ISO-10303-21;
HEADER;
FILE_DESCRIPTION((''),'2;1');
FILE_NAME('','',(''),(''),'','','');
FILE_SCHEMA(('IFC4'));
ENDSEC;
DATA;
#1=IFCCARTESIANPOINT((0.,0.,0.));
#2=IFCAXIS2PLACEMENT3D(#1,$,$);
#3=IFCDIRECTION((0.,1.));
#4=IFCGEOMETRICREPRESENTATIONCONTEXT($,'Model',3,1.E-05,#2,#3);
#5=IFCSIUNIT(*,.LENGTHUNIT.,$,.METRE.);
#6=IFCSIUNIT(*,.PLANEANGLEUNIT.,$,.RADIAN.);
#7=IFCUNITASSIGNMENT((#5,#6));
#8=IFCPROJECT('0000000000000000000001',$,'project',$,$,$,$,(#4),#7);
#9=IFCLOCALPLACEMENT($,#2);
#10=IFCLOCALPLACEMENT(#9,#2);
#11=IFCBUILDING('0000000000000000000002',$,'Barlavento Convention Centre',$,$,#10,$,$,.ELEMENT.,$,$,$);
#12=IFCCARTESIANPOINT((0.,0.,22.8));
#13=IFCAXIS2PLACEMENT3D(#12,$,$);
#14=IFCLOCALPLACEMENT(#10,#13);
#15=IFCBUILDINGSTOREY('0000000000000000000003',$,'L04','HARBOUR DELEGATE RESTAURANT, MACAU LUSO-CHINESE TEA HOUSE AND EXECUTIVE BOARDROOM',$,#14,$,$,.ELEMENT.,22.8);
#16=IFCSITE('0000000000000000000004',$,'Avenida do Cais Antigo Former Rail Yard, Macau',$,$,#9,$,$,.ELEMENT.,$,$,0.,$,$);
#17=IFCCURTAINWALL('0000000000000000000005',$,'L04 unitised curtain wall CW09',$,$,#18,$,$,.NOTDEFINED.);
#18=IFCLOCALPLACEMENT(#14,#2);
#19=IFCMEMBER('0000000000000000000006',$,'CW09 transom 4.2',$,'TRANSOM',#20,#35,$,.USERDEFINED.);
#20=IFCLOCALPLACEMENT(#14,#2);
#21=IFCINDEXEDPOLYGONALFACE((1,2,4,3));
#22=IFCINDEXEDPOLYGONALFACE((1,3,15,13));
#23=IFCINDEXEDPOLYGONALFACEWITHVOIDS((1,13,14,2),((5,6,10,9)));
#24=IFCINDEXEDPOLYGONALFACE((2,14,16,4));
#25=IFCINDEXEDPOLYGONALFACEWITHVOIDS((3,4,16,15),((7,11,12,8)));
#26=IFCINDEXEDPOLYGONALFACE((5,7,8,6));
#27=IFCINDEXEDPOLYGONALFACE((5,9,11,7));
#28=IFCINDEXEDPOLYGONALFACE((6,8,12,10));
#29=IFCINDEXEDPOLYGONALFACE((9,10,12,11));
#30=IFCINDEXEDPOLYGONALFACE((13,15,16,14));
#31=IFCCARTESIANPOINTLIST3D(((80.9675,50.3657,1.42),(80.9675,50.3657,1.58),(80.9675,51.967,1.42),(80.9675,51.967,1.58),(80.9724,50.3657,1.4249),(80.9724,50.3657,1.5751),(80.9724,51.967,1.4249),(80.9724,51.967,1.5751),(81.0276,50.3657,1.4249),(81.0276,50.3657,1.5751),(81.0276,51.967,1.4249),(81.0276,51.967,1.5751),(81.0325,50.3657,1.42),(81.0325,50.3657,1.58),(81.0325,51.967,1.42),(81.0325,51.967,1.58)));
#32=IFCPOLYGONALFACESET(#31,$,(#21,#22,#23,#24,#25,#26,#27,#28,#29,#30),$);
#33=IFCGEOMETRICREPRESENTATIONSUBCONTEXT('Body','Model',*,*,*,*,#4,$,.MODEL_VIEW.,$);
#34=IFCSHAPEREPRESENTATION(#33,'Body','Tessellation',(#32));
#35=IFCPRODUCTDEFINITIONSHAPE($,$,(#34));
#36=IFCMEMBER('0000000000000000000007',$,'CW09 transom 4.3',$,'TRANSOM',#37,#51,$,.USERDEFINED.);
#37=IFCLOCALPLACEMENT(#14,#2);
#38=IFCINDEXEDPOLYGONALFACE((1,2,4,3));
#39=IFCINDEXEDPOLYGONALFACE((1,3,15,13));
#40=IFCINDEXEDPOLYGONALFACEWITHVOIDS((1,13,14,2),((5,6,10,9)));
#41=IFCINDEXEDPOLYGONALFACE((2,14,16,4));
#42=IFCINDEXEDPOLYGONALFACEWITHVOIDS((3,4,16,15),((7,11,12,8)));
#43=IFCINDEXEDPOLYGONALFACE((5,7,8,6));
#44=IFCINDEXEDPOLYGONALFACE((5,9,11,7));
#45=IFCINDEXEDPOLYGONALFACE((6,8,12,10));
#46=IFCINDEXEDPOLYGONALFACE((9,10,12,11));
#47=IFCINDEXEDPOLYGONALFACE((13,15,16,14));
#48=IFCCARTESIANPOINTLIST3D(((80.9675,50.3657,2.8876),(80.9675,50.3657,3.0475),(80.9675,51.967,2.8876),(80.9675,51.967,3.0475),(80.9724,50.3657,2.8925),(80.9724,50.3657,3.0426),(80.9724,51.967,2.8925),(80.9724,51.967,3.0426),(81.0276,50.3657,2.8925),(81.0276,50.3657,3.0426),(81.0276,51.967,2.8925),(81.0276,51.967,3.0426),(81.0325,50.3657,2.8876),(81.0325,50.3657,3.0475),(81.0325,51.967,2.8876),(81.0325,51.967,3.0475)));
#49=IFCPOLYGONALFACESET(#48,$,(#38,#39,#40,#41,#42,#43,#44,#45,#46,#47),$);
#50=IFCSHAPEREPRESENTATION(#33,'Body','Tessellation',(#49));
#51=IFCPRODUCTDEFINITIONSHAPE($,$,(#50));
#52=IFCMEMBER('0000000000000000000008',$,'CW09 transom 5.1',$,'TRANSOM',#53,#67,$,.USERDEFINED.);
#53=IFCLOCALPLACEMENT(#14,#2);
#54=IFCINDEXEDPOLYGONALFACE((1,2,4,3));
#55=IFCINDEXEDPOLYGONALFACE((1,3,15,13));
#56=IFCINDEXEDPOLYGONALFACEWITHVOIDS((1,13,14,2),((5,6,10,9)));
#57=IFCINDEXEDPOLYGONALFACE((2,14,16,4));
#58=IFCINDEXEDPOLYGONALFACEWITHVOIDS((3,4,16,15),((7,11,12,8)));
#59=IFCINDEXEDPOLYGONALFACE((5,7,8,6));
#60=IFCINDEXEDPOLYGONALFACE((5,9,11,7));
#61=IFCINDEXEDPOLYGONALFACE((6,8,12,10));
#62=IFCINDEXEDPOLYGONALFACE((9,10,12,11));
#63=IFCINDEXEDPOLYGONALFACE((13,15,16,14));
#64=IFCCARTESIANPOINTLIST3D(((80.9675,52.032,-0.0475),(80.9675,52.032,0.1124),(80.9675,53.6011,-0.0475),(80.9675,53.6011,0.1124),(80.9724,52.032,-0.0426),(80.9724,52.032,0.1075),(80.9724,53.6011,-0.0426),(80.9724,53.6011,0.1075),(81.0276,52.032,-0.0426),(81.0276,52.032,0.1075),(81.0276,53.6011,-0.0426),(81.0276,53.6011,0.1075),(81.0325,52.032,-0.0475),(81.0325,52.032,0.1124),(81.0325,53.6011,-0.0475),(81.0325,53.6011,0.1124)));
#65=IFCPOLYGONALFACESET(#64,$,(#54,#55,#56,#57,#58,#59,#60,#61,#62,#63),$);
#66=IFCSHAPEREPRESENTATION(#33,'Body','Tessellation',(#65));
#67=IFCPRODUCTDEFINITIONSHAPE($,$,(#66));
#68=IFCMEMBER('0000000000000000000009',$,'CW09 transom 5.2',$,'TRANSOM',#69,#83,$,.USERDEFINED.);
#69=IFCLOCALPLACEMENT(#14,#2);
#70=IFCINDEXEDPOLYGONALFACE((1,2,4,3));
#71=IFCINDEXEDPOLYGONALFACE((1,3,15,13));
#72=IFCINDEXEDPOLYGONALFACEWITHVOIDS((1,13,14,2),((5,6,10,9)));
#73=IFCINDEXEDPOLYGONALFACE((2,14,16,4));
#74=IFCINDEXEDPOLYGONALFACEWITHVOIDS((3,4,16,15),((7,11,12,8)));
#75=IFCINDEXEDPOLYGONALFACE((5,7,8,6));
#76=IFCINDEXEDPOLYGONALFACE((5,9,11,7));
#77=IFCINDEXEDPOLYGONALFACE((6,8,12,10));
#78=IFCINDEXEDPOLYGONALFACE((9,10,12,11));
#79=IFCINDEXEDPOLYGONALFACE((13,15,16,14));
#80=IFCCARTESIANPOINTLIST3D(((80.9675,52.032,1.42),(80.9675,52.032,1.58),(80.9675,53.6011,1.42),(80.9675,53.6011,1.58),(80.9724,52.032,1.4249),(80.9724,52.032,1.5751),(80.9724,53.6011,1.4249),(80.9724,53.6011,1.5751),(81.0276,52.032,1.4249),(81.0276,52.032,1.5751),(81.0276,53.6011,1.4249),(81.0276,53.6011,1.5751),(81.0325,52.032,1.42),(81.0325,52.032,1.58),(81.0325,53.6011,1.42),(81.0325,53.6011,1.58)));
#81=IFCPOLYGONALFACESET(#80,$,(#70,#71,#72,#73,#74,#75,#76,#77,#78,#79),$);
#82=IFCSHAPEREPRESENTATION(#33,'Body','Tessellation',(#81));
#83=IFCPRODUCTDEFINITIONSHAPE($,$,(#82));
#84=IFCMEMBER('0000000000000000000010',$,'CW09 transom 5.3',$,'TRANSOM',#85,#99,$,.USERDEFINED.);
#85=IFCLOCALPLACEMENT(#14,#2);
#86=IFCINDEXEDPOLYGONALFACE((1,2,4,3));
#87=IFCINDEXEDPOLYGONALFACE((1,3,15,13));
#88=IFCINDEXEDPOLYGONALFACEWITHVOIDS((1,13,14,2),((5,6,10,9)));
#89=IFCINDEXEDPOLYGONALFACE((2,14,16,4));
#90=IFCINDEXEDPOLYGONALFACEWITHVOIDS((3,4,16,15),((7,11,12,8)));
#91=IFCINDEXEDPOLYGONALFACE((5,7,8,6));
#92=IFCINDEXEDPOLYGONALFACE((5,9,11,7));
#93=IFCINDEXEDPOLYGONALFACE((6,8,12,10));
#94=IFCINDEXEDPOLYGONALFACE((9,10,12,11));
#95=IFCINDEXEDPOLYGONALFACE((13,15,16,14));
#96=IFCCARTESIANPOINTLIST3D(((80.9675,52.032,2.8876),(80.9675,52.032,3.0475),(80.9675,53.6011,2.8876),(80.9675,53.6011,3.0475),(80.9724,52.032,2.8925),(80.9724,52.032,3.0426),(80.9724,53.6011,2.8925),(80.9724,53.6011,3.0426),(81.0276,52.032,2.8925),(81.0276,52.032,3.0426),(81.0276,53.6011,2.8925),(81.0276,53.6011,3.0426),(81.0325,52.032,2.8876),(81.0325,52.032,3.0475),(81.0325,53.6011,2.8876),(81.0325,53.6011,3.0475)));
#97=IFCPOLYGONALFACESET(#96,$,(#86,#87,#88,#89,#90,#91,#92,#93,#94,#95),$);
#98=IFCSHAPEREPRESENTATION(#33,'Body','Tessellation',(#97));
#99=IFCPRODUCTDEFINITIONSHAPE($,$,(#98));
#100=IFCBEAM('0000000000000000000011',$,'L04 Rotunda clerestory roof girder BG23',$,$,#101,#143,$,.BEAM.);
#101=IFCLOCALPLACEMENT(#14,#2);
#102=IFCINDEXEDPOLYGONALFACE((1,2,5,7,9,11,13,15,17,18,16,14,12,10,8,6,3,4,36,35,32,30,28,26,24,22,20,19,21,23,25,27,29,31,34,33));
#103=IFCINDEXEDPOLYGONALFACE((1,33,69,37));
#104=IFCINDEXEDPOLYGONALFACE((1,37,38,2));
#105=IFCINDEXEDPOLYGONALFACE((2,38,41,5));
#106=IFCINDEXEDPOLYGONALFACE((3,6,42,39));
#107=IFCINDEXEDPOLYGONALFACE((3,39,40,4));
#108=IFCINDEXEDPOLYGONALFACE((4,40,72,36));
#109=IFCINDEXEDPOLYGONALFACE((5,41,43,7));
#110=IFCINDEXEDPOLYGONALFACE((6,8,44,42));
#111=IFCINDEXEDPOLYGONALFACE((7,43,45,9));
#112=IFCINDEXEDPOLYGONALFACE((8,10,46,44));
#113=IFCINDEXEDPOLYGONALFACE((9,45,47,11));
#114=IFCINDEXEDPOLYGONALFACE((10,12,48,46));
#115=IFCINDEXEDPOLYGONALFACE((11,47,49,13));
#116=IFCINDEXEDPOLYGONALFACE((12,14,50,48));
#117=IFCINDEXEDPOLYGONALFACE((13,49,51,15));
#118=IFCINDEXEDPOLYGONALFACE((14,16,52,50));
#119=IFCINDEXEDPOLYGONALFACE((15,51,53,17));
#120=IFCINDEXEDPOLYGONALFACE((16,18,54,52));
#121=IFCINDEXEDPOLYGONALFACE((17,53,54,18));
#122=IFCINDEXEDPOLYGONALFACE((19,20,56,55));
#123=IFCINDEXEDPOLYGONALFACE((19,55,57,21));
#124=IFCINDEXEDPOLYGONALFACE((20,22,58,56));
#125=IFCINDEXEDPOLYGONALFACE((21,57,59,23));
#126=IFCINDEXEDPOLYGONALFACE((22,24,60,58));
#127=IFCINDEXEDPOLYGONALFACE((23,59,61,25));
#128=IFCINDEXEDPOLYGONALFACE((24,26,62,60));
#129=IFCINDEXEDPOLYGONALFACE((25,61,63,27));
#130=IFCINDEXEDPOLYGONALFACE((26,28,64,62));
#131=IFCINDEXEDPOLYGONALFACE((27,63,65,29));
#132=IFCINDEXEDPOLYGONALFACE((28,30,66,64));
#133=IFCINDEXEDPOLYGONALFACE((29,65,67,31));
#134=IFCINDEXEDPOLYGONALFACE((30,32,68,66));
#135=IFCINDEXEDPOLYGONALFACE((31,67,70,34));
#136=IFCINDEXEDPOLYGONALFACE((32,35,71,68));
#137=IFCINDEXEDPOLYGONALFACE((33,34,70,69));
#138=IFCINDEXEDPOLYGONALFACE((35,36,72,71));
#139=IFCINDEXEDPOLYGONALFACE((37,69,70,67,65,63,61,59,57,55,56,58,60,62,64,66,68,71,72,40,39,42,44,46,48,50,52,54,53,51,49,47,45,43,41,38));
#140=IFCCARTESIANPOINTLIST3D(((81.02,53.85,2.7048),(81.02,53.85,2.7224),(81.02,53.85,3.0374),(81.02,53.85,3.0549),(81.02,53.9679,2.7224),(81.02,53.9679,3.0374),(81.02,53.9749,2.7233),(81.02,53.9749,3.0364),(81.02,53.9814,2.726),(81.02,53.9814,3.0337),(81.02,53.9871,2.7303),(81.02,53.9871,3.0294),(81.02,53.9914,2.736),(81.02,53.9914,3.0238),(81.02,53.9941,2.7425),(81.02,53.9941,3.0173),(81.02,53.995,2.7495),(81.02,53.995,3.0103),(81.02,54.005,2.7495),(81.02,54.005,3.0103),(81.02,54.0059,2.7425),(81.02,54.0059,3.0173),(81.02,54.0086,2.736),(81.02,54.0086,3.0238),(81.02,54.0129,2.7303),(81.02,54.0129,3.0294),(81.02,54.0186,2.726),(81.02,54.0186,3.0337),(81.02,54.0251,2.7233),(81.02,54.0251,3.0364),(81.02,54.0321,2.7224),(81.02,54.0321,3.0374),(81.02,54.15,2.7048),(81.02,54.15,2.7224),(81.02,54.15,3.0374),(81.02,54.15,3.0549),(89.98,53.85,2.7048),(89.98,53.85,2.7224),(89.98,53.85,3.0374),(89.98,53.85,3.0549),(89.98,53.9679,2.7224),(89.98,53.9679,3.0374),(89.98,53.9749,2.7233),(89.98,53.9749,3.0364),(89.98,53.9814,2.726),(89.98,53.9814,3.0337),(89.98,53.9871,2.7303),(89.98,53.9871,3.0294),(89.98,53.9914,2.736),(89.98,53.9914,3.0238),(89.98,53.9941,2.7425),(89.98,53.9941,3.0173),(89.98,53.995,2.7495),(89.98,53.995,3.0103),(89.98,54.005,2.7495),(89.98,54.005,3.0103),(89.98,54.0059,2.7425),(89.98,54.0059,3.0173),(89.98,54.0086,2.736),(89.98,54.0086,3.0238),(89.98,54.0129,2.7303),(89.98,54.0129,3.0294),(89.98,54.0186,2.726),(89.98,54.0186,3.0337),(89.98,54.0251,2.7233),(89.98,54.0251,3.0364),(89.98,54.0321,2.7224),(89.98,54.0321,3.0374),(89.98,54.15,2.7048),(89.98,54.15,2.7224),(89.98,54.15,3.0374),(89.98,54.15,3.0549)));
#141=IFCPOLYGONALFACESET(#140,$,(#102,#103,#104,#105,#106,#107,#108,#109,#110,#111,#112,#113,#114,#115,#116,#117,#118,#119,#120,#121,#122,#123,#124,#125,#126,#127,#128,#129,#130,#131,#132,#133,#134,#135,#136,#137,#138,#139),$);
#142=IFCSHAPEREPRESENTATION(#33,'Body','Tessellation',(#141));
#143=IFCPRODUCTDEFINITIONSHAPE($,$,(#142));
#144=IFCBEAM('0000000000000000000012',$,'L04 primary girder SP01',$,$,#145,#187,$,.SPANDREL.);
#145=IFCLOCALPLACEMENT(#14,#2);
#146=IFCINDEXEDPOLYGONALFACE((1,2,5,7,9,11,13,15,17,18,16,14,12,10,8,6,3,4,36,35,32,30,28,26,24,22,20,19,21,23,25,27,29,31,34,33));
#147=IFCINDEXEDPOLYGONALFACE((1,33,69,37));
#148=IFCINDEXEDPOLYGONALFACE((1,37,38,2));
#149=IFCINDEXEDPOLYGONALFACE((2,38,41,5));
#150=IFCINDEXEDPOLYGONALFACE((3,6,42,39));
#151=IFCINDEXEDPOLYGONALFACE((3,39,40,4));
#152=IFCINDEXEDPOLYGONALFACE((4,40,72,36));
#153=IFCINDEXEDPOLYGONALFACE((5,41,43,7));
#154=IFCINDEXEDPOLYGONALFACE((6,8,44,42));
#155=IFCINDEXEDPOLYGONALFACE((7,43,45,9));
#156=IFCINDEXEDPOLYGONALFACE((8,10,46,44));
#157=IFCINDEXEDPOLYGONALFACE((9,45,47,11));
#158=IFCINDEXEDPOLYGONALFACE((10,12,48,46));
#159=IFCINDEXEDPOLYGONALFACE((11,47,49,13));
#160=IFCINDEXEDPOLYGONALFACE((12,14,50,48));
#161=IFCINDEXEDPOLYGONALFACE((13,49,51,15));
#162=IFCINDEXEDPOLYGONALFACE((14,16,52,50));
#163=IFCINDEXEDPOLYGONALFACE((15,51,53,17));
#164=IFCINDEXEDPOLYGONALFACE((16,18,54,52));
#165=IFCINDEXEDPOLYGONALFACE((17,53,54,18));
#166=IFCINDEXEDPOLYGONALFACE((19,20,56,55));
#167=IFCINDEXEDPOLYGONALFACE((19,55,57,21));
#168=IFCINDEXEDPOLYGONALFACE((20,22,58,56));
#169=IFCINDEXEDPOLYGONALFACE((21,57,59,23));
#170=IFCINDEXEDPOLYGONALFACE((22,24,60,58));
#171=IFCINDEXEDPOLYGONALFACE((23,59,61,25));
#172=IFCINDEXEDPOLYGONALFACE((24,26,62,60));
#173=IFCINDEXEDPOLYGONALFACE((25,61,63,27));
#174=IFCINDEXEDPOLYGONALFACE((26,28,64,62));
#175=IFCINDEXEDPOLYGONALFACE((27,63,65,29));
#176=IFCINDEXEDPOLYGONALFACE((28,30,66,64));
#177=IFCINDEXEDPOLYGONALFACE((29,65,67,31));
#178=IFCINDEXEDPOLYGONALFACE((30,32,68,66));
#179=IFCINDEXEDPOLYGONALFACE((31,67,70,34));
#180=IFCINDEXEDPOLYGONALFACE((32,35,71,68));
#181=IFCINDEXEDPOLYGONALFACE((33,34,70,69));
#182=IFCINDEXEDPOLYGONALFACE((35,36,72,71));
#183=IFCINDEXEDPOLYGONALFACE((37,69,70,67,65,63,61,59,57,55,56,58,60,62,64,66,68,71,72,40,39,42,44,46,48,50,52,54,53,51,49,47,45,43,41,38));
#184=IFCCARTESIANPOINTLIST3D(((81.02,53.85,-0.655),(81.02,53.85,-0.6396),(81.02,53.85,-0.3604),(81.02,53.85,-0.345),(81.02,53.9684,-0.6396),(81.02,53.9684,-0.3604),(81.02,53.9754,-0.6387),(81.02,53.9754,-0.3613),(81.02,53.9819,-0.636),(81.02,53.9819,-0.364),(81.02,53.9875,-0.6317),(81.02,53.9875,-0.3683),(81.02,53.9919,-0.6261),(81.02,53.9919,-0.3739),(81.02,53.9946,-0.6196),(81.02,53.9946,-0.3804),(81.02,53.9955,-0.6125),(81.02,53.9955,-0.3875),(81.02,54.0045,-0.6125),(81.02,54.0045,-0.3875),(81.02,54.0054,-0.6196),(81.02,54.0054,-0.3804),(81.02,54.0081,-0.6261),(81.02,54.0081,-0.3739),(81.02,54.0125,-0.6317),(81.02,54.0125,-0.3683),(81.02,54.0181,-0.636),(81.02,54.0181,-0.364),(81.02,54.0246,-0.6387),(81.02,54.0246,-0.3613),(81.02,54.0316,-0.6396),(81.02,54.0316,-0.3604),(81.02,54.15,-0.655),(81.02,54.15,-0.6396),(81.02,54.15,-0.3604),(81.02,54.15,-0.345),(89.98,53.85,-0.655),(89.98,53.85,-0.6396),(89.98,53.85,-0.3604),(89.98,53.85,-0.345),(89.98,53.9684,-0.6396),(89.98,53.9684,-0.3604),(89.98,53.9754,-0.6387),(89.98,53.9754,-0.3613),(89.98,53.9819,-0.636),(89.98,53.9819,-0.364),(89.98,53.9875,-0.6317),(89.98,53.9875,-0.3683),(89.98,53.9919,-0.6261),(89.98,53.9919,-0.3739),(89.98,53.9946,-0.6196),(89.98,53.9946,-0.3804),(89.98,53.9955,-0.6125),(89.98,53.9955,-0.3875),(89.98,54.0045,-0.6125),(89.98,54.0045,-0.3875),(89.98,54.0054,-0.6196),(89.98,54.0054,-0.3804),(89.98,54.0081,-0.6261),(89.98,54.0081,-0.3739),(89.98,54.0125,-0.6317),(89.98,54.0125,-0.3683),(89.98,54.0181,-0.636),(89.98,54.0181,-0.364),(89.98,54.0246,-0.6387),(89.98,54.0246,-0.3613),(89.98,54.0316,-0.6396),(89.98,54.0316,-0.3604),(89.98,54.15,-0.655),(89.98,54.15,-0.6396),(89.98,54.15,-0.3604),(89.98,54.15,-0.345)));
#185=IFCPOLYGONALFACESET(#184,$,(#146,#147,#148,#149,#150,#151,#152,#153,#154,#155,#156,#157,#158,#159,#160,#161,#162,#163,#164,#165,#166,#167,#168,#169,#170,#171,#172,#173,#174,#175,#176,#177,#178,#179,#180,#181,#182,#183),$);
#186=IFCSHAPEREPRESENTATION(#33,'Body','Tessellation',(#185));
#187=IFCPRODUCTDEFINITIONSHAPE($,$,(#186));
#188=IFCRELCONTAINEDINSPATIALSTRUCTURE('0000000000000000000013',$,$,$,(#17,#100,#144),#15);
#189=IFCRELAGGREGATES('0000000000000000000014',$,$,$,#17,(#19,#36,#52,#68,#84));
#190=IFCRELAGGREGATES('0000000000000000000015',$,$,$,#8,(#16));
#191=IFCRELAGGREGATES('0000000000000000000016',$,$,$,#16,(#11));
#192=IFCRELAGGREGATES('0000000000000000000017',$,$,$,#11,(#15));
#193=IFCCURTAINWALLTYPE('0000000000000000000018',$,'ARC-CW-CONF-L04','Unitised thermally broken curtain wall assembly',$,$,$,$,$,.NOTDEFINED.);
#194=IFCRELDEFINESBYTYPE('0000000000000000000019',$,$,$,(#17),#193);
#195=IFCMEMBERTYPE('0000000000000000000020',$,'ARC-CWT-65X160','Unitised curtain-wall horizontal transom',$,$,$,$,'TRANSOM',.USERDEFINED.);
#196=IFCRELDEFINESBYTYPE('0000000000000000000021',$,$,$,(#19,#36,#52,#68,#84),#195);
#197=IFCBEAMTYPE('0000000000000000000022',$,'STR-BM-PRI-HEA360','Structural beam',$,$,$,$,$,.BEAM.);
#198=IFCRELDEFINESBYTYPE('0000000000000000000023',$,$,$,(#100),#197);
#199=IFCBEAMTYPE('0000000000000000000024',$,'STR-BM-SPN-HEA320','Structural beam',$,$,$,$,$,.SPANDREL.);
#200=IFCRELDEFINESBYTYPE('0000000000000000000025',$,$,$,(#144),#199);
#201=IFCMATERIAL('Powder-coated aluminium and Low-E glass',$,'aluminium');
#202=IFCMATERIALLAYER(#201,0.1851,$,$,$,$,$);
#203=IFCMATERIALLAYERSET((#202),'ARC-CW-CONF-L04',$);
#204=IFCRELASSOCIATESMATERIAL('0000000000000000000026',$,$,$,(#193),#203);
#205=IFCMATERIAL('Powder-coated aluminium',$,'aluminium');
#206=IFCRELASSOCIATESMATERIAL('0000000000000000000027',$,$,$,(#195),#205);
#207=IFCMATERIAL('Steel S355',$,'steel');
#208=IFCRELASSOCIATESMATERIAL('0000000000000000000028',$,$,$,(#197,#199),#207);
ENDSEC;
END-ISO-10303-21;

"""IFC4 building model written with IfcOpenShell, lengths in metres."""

from ifc_helpers import new_model, si_unit, direction, frame, origin, origin_2d, place, context, subcontext, project, spatial, hollow_rectangle, i_section, extrude, material, layer, layer_set, material_profile, profile_set, type_object, element, aggregate, save


model = new_model("IFC4")

# Units and contexts
model_context = context("Model", 3, precision=1e-05, world=origin(), true_north=direction((0.0, 1.0)))
body_context = subcontext(model_context, "Body", "Model", "MODEL_VIEW")
ifc_project = project(units=[si_unit("LENGTHUNIT", "METRE"), si_unit("PLANEANGLEUNIT", "RADIAN")], contexts=[model_context])

# Site, building, storey
site_placement = place(None, origin())
site = spatial("IfcSite", under=ifc_project, at=site_placement, Name="Avenida do Cais Antigo Former Rail Yard, Macau", CompositionType="ELEMENT", RefElevation=0.0)
building_placement = place(site_placement, origin())
building = spatial("IfcBuilding", under=site, at=building_placement, Name="Barlavento Convention Centre", CompositionType="ELEMENT")
storey_placement = place(building_placement, frame((0.0, 0.0, 22.8)))
storey = spatial("IfcBuildingStorey", under=building, at=storey_placement, Name="L04", Description="HARBOUR DELEGATE RESTAURANT, MACAU LUSO-CHINESE TEA HOUSE AND EXECUTIVE BOARDROOM", CompositionType="ELEMENT", Elevation=22.8)

# Shared definitions
ifc_material_1 = material(Name="Powder-coated aluminium and Low-E glass", Category="aluminium")
ifc_layer_1 = layer(ifc_material_1, 0.1851)
ifc_layer_set_1 = layer_set([ifc_layer_1], Name="ARC-CW-CONF-L04")
curtain_wall_type = type_object("IfcCurtainWallType", Name="ARC-CW-CONF-L04", Description="Unitised thermally broken curtain wall assembly", PredefinedType="NOTDEFINED", material=ifc_layer_set_1)
ifc_material_2 = material(Name="Powder-coated aluminium", Category="aluminium")

# Curtain wall
curtain_wall_1_placement = place(storey_placement, origin())
curtain_wall_1 = element("IfcCurtainWall", 1, at=curtain_wall_1_placement, inside=storey, type_object=curtain_wall_type, Name="L04 unitised curtain wall CW09", PredefinedType="NOTDEFINED")

# Members
ifc_material_profile_1 = material_profile(ifc_material_2, hollow_rectangle(XDim=0.0649, YDim=0.1599, WallThickness=0.0049, at=origin_2d()), Name="AL-TRAN 65x160x5")
ifc_profile_set_1 = profile_set([ifc_material_profile_1], Name="Powder-coated aluminium")
member_type_1 = type_object("IfcMemberType", Name="ARC-CWT-65X160", Description="Unitised curtain-wall horizontal transom", ElementType="TRANSOM", PredefinedType="USERDEFINED", material=ifc_profile_set_1)
member_1_placement = place(storey_placement, frame((81.0, 50.3657, 1.5), z_axis=(0.0, 1.0, 0.0), x_axis=(-1.0, 0.0, 0.0)))
member_1 = element("IfcMember", 2, at=member_1_placement, type_object=member_type_1, Name="CW09 transom 4.2", ObjectType="TRANSOM", PredefinedType="USERDEFINED", context=body_context, shape_type="SweptSolid", body=[
    extrude(hollow_rectangle(XDim=0.0649, YDim=0.1599, WallThickness=0.0049, at=origin_2d()), origin(), (0.0, 0.0, 1.0), 1.6013),
])
member_2_placement = place(storey_placement, frame((81.0, 50.3657, 2.9675), z_axis=(0.0, 1.0, 0.0), x_axis=(-1.0, 0.0, 0.0)))
member_2 = element("IfcMember", 3, at=member_2_placement, type_object=member_type_1, Name="CW09 transom 4.3", ObjectType="TRANSOM", PredefinedType="USERDEFINED", context=body_context, shape_type="SweptSolid", body=[
    extrude(hollow_rectangle(XDim=0.0649, YDim=0.1599, WallThickness=0.0049, at=origin_2d()), origin(), (0.0, 0.0, 1.0), 1.6013),
])
member_3_placement = place(storey_placement, frame((81.0, 52.032, 0.0325), z_axis=(0.0, 1.0, 0.0), x_axis=(-1.0, 0.0, 0.0)))
member_3 = element("IfcMember", 4, at=member_3_placement, type_object=member_type_1, Name="CW09 transom 5.1", ObjectType="TRANSOM", PredefinedType="USERDEFINED", context=body_context, shape_type="SweptSolid", body=[
    extrude(hollow_rectangle(XDim=0.0649, YDim=0.1599, WallThickness=0.0049, at=origin_2d()), origin(), (0.0, 0.0, 1.0), 1.5691),
])
member_4_placement = place(storey_placement, frame((81.0, 52.032, 1.5), z_axis=(0.0, 1.0, 0.0), x_axis=(-1.0, 0.0, 0.0)))
member_4 = element("IfcMember", 5, at=member_4_placement, type_object=member_type_1, Name="CW09 transom 5.2", ObjectType="TRANSOM", PredefinedType="USERDEFINED", context=body_context, shape_type="SweptSolid", body=[
    extrude(hollow_rectangle(XDim=0.0649, YDim=0.1599, WallThickness=0.0049, at=origin_2d()), origin(), (0.0, 0.0, 1.0), 1.5691),
])
member_5_placement = place(storey_placement, frame((81.0, 52.032, 2.9675), z_axis=(0.0, 1.0, 0.0), x_axis=(-1.0, 0.0, 0.0)))
member_5 = element("IfcMember", 6, at=member_5_placement, type_object=member_type_1, Name="CW09 transom 5.3", ObjectType="TRANSOM", PredefinedType="USERDEFINED", context=body_context, shape_type="SweptSolid", body=[
    extrude(hollow_rectangle(XDim=0.0649, YDim=0.1599, WallThickness=0.0049, at=origin_2d()), origin(), (0.0, 0.0, 1.0), 1.5691),
])

# Beams
ifc_material_3 = material(Name="Steel S355", Category="steel")
ifc_material_profile_2 = material_profile(ifc_material_3, i_section(OverallWidth=0.3, OverallDepth=0.3501, WebThickness=0.01, FlangeThickness=0.0176, FilletRadius=0.0271, at=origin_2d()), Name="HEA 360")
ifc_profile_set_2 = profile_set([ifc_material_profile_2], Name="Steel S355")
beam_type_1 = type_object("IfcBeamType", Name="STR-BM-PRI-HEA360", Description="Structural beam", PredefinedType="BEAM", material=ifc_profile_set_2)
beam_1_placement = place(storey_placement, frame((81.02, 54.0, 2.8799), z_axis=(1.0, 0.0, 0.0), x_axis=(0.0, 1.0, 0.0)))
element("IfcBeam", 7, at=beam_1_placement, inside=storey, type_object=beam_type_1, Name="L04 Rotunda clerestory roof girder BG23", PredefinedType="BEAM", context=body_context, shape_type="SweptSolid", body=[
    extrude(i_section(OverallWidth=0.3, OverallDepth=0.3501, WebThickness=0.01, FlangeThickness=0.0176, FilletRadius=0.0271, at=origin_2d()), origin(), (0.0, 0.0, 1.0), 8.96),
])
ifc_material_profile_3 = material_profile(ifc_material_3, i_section(OverallWidth=0.3, OverallDepth=0.3101, WebThickness=0.009, FlangeThickness=0.0154, FilletRadius=0.0271, at=origin_2d()), Name="HEA 320")
ifc_profile_set_3 = profile_set([ifc_material_profile_3], Name="Steel S355")
beam_type_2 = type_object("IfcBeamType", Name="STR-BM-SPN-HEA320", Description="Structural beam", PredefinedType="SPANDREL", material=ifc_profile_set_3)
beam_2_placement = place(storey_placement, frame((81.02, 54.0, -0.5), z_axis=(1.0, 0.0, 0.0), x_axis=(0.0, 1.0, 0.0)))
element("IfcBeam", 8, at=beam_2_placement, inside=storey, type_object=beam_type_2, Name="L04 primary girder SP01", PredefinedType="SPANDREL", context=body_context, shape_type="SweptSolid", body=[
    extrude(i_section(OverallWidth=0.3, OverallDepth=0.3101, WebThickness=0.009, FlangeThickness=0.0154, FilletRadius=0.0271, at=origin_2d()), origin(), (0.0, 0.0, 1.0), 8.96),
])

aggregate(curtain_wall_1, [member_1, member_2, member_3, member_4, member_5])

save(model, "model.ifc")
